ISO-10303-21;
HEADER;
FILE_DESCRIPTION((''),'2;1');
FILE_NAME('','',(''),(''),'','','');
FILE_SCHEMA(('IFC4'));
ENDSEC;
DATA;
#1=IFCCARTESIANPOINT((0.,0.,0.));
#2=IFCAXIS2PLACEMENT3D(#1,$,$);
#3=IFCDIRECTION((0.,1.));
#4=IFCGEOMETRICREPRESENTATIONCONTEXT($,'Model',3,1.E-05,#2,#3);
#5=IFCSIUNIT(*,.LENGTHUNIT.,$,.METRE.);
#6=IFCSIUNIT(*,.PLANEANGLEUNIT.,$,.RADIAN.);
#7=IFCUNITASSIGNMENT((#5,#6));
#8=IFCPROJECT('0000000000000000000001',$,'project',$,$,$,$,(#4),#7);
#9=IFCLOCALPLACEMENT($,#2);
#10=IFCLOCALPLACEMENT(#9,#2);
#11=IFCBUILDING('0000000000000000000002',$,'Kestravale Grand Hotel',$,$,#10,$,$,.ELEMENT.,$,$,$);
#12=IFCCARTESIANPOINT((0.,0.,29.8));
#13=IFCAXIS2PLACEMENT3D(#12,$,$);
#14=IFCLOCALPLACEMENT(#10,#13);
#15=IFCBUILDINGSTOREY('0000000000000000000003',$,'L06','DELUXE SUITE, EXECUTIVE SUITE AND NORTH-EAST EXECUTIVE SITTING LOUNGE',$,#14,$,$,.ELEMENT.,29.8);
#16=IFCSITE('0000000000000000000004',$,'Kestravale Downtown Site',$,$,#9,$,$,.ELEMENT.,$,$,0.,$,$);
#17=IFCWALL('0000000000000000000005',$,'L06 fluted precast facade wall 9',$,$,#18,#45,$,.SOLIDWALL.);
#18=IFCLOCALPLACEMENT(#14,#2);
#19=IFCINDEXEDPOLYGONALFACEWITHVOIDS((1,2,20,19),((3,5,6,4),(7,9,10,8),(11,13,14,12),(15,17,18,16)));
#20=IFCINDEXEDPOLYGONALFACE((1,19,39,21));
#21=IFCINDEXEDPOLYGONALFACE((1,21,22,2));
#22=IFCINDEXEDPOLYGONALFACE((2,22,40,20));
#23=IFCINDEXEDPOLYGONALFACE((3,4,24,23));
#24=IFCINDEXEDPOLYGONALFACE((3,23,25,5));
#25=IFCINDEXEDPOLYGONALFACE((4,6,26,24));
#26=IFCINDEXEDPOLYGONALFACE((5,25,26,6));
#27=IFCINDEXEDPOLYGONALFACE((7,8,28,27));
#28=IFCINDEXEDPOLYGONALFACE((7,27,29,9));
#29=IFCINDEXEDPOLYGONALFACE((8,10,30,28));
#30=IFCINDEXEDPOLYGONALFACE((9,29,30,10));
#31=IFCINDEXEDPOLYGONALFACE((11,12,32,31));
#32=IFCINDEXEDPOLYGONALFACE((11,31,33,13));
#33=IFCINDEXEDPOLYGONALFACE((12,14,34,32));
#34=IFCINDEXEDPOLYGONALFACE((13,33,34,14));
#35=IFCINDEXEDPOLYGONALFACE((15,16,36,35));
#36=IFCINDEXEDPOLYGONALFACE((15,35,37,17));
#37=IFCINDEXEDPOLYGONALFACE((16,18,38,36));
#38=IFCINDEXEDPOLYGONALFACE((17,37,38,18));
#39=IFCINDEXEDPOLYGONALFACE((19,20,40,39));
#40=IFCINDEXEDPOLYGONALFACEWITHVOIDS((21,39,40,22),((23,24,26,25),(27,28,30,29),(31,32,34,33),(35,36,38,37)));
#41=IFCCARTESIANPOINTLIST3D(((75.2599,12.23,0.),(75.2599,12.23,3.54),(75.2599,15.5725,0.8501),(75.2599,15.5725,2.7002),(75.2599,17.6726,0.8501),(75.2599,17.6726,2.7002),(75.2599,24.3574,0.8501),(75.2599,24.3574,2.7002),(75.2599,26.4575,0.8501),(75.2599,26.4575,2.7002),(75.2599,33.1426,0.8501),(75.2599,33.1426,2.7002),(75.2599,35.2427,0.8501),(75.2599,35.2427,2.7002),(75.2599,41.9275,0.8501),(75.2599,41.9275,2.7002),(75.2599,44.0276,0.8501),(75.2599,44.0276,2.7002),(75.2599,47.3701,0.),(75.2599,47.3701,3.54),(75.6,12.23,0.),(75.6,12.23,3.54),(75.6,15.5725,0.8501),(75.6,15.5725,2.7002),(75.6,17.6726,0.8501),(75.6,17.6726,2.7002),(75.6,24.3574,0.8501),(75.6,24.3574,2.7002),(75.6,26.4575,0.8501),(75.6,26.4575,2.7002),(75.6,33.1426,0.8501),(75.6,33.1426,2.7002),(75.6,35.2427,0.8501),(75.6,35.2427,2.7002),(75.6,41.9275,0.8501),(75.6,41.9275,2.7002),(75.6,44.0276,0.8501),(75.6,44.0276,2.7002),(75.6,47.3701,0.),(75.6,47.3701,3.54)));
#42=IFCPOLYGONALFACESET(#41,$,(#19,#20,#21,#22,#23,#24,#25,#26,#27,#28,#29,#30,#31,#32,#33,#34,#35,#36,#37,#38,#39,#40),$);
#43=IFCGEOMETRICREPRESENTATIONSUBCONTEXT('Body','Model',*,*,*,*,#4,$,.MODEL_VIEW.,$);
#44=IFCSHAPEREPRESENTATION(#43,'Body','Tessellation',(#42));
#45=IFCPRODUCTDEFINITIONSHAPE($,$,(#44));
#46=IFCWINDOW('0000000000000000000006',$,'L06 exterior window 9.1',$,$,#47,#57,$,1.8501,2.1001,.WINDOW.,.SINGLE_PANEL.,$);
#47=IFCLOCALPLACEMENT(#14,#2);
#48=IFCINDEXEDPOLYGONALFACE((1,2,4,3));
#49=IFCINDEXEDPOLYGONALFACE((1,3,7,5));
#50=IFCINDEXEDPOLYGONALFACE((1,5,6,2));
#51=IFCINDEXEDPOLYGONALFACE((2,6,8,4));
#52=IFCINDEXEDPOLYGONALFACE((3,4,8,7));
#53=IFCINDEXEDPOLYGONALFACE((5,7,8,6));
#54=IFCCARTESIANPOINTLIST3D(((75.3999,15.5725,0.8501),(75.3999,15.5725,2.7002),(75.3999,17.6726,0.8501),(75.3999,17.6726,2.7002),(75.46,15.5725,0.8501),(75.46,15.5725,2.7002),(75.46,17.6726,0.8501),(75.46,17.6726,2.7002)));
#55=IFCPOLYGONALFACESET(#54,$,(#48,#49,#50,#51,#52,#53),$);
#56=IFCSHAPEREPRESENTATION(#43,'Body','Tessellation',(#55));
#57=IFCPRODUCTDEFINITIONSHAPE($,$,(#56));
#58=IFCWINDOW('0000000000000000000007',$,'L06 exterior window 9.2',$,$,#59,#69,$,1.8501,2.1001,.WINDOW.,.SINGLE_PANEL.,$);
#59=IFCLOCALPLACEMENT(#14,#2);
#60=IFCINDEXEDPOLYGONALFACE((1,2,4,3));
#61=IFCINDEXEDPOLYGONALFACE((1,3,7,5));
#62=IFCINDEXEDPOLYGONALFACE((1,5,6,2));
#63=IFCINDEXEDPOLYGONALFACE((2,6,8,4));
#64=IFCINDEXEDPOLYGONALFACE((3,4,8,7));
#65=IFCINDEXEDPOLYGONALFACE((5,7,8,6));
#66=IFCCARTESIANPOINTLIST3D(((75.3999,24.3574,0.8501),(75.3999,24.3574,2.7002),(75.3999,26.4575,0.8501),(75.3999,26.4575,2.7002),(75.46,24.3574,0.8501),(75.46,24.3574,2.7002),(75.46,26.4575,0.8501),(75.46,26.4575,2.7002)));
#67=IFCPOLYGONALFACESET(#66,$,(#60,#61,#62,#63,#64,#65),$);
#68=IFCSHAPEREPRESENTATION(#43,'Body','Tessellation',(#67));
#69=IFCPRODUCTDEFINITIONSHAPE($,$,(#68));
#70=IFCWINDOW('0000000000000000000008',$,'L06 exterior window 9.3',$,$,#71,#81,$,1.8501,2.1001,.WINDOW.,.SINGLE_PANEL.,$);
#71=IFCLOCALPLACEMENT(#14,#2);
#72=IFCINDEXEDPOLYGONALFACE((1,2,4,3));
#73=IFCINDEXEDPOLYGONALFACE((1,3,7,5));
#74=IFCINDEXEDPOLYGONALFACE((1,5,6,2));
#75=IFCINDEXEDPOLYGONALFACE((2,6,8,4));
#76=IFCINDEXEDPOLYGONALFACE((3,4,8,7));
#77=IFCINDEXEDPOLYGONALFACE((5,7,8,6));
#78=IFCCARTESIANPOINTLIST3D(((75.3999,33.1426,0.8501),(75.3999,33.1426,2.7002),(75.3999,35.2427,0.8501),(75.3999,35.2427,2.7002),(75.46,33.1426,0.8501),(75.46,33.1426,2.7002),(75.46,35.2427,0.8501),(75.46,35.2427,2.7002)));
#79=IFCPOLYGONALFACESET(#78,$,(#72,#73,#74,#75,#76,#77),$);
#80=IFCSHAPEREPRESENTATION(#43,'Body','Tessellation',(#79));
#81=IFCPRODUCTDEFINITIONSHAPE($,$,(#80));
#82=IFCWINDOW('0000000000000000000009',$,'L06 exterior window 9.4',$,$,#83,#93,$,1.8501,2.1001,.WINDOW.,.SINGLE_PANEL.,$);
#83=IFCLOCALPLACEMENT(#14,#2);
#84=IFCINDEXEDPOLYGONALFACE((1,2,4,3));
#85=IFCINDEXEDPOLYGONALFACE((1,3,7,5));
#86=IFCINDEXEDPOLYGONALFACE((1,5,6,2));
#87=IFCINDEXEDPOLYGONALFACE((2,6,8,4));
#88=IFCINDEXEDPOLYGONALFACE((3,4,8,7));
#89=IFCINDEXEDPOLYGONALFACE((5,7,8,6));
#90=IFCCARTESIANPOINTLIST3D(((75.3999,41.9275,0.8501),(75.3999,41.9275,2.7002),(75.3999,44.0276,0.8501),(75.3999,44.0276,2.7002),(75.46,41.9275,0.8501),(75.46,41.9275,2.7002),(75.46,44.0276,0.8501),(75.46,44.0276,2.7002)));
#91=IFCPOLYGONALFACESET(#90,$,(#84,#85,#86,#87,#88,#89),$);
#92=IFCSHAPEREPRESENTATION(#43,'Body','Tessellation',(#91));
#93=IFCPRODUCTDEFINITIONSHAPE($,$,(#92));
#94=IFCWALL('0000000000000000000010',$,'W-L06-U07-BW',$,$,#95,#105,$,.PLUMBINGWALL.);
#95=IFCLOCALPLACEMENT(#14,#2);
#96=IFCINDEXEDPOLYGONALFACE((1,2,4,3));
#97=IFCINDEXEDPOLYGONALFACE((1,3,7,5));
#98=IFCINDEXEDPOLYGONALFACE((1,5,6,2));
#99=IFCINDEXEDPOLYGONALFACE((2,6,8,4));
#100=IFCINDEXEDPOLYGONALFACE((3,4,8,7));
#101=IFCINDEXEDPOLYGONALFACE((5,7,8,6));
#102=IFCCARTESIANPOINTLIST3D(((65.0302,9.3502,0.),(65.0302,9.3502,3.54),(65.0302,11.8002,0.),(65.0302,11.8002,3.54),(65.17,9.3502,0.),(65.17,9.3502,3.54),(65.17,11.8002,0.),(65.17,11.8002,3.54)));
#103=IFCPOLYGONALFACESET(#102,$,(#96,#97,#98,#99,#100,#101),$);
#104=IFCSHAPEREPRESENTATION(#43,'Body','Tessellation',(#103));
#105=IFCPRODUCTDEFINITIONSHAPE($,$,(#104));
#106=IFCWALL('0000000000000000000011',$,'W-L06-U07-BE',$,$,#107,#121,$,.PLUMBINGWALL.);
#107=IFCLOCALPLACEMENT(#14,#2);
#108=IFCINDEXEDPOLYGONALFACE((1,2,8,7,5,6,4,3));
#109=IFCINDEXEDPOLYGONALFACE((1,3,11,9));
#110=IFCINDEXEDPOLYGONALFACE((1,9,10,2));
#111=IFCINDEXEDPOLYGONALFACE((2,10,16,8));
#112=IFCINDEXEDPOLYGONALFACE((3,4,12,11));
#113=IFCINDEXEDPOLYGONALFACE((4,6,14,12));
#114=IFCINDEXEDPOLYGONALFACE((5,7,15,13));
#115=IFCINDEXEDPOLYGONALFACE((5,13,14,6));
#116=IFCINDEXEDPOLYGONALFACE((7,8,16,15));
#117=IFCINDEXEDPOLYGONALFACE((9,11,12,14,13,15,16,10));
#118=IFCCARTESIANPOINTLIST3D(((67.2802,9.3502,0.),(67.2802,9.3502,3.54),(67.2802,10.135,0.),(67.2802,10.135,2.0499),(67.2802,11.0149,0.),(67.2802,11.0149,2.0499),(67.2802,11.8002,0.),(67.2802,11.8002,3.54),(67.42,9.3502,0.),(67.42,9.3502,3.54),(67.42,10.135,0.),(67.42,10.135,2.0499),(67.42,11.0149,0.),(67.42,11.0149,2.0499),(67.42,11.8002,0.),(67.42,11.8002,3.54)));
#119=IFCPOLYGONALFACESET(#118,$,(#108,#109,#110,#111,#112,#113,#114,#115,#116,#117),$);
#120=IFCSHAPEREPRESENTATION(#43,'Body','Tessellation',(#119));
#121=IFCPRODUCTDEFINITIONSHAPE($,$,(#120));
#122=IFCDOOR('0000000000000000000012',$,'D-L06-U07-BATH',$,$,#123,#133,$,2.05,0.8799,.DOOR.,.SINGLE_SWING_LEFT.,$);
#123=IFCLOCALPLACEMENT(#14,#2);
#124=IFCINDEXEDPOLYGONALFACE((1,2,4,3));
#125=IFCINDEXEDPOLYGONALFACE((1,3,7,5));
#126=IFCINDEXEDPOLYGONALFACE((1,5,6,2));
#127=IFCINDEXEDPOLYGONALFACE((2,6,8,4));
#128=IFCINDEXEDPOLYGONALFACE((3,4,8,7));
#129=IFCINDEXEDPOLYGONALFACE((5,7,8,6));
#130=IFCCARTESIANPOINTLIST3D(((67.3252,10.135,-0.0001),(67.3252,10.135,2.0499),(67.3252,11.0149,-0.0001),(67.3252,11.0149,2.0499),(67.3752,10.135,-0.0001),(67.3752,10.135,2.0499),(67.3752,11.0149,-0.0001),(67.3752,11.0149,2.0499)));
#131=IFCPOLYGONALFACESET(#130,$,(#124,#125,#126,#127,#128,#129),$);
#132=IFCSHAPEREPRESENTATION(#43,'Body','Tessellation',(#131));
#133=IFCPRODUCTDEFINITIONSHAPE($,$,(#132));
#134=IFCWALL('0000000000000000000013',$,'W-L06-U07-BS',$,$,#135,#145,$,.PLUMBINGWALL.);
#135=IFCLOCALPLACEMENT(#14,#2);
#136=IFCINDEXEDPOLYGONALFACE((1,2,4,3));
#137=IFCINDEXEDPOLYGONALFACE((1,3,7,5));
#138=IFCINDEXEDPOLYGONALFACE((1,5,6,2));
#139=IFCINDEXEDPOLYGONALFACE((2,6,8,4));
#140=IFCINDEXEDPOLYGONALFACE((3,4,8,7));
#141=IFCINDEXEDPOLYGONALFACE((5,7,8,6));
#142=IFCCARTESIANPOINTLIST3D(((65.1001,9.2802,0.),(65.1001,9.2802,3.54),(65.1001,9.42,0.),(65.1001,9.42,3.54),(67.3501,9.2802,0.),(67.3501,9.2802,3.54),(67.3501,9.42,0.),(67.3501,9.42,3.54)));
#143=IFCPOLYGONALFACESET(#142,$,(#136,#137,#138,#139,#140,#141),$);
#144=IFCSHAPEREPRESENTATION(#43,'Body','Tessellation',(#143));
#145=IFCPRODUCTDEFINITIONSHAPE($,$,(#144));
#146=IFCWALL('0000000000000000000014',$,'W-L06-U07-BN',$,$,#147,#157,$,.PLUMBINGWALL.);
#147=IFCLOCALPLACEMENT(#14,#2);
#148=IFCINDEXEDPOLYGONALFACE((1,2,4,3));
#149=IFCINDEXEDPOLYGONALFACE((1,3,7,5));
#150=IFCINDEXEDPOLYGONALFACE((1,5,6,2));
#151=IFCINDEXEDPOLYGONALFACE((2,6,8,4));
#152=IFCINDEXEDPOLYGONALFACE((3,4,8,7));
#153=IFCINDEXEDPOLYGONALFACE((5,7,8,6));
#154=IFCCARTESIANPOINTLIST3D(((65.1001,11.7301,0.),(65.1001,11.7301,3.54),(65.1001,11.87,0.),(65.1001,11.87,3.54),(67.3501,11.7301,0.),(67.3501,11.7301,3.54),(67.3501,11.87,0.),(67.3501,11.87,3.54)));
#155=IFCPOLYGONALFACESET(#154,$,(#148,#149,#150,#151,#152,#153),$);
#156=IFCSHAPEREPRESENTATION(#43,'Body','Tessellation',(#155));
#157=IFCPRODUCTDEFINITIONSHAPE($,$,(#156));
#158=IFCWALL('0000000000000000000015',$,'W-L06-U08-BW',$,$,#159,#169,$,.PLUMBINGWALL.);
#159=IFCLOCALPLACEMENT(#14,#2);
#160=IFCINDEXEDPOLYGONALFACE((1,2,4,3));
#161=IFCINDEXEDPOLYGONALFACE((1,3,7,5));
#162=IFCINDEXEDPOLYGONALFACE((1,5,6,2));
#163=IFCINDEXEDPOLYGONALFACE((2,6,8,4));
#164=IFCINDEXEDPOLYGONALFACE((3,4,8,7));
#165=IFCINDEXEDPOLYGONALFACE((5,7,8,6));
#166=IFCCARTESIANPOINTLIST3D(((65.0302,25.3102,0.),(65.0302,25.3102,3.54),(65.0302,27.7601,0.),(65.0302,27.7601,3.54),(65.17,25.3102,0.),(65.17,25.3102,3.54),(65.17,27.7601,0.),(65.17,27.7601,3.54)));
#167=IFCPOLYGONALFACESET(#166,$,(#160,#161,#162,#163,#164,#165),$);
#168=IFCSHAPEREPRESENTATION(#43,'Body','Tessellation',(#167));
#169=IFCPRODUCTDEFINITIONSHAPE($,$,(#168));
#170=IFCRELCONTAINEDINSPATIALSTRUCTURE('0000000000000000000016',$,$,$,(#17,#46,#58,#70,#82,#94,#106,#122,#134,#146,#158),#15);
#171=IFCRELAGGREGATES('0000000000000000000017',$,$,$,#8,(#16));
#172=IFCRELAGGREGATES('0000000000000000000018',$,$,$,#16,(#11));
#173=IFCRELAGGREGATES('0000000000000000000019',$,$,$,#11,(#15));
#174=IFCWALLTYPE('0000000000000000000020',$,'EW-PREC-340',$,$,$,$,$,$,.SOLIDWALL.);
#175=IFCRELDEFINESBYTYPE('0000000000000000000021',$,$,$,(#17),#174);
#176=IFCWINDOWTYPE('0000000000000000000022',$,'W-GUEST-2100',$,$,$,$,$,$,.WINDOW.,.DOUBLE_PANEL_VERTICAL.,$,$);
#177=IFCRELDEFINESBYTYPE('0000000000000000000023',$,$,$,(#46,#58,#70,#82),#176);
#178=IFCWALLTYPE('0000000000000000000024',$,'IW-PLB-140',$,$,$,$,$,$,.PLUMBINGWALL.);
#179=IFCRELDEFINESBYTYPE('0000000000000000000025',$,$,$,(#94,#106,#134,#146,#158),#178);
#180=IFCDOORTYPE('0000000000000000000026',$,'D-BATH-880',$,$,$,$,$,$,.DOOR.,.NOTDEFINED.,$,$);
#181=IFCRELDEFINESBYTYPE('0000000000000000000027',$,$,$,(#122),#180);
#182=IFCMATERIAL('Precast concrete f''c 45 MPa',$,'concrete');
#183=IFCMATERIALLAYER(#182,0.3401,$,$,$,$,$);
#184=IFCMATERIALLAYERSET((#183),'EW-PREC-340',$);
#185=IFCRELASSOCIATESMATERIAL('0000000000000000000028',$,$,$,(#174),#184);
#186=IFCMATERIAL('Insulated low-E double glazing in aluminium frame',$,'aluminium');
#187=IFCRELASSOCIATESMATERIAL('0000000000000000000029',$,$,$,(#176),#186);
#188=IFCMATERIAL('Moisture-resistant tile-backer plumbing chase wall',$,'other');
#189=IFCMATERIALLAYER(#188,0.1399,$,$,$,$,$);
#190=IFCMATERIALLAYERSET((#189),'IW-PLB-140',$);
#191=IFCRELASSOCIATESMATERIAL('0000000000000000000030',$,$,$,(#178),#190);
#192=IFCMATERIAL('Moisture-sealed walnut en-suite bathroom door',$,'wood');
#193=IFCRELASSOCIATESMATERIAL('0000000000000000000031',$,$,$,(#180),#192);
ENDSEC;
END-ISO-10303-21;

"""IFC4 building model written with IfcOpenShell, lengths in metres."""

from ifc_helpers import new_model, si_unit, direction, frame, frame_2d, origin, place, context, subcontext, project, spatial, rectangle, extrude, material, layer, layer_set, type_object, element, fill, save


model = new_model("IFC4")

# Units and contexts
model_context = context("Model", 3, precision=1e-05, world=origin(), true_north=direction((0.0, 1.0)))
body_context = subcontext(model_context, "Body", "Model", "MODEL_VIEW")
ifc_project = project(units=[si_unit("LENGTHUNIT", "METRE"), si_unit("PLANEANGLEUNIT", "RADIAN")], contexts=[model_context])

# Site, building, storey
site_placement = place(None, origin())
site = spatial("IfcSite", under=ifc_project, at=site_placement, Name="Kestravale Downtown Site", CompositionType="ELEMENT", RefElevation=0.0)
building_placement = place(site_placement, origin())
building = spatial("IfcBuilding", under=site, at=building_placement, Name="Kestravale Grand Hotel", CompositionType="ELEMENT")
storey_placement = place(building_placement, frame((0.0, 0.0, 29.8)))
storey = spatial("IfcBuildingStorey", under=building, at=storey_placement, Name="L06", Description="DELUXE SUITE, EXECUTIVE SUITE AND NORTH-EAST EXECUTIVE SITTING LOUNGE", CompositionType="ELEMENT", Elevation=29.8)

# Shared definitions
ifc_material_1 = material(Name="Precast concrete f'c 45 MPa", Category="concrete")
ifc_layer_1 = layer(ifc_material_1, 0.3401)
ifc_layer_set_1 = layer_set([ifc_layer_1], Name="EW-PREC-340")
wall_type_1 = type_object("IfcWallType", Name="EW-PREC-340", PredefinedType="SOLIDWALL", material=ifc_layer_set_1)
ifc_material_2 = material(Name="Insulated low-E double glazing in aluminium frame", Category="aluminium")
window_type = type_object("IfcWindowType", Name="W-GUEST-2100", PartitioningType="DOUBLE_PANEL_VERTICAL", PredefinedType="WINDOW", material=ifc_material_2)

# Wall, openings, windows
wall_1_placement = place(storey_placement, frame((75.4299, 12.23, 0.0), z_axis=(0.0, 0.0, 1.0), x_axis=(0.0, 1.0, 0.0)))
wall_1 = element("IfcWall", 1, at=wall_1_placement, inside=storey, type_object=wall_type_1, Name="L06 fluted precast facade wall 9", PredefinedType="SOLIDWALL", context=body_context, shape_type="SweptSolid", body=[
    extrude(rectangle(XDim=35.1401, YDim=0.3401, at=frame_2d((17.5701, 0.0))), origin(), (0.0, 0.0, 1.0), 3.54),
])
opening_1_placement = place(wall_1_placement, frame((3.3425, 0.0, 0.8501)))
opening_1 = element("IfcOpeningElement", 2, at=opening_1_placement, cuts=wall_1, PredefinedType="OPENING", context=body_context, shape_type="SweptSolid", body=[
    extrude(rectangle(XDim=2.1001, YDim=1.8501, at=frame_2d((1.05, 0.925))), frame((0.0, 0.1799, 0.0), z_axis=(0.0, -1.0, 0.0), x_axis=(1.0, 0.0, 0.0)), (0.0, 0.0, 1.0), 0.3601),
])
opening_2_placement = place(wall_1_placement, frame((12.1274, 0.0, 0.8501)))
opening_2 = element("IfcOpeningElement", 3, at=opening_2_placement, cuts=wall_1, PredefinedType="OPENING", context=body_context, shape_type="SweptSolid", body=[
    extrude(rectangle(XDim=2.1001, YDim=1.8501, at=frame_2d((1.05, 0.925))), frame((0.0, 0.1799, 0.0), z_axis=(0.0, -1.0, 0.0), x_axis=(1.0, 0.0, 0.0)), (0.0, 0.0, 1.0), 0.3601),
])
opening_3_placement = place(wall_1_placement, frame((20.9126, 0.0, 0.8501)))
opening_3 = element("IfcOpeningElement", 4, at=opening_3_placement, cuts=wall_1, PredefinedType="OPENING", context=body_context, shape_type="SweptSolid", body=[
    extrude(rectangle(XDim=2.1001, YDim=1.8501, at=frame_2d((1.05, 0.925))), frame((0.0, 0.1799, 0.0), z_axis=(0.0, -1.0, 0.0), x_axis=(1.0, 0.0, 0.0)), (0.0, 0.0, 1.0), 0.3601),
])
opening_4_placement = place(wall_1_placement, frame((29.6975, 0.0, 0.8501)))
opening_4 = element("IfcOpeningElement", 5, at=opening_4_placement, cuts=wall_1, PredefinedType="OPENING", context=body_context, shape_type="SweptSolid", body=[
    extrude(rectangle(XDim=2.1001, YDim=1.8501, at=frame_2d((1.05, 0.925))), frame((0.0, 0.1799, 0.0), z_axis=(0.0, -1.0, 0.0), x_axis=(1.0, 0.0, 0.0)), (0.0, 0.0, 1.0), 0.3601),
])
window_1_placement = place(opening_1_placement, origin())
window_1 = element("IfcWindow", 6, at=window_1_placement, inside=storey, type_object=window_type, Name="L06 exterior window 9.1", OverallHeight=1.8501, OverallWidth=2.1001, PartitioningType="SINGLE_PANEL", PredefinedType="WINDOW", context=body_context, shape_type="SweptSolid", body=[
    extrude(rectangle(XDim=2.1001, YDim=1.8501, at=frame_2d((1.05, 0.925))), frame((0.0, 0.03, 0.0), z_axis=(0.0, -1.0, 0.0), x_axis=(1.0, 0.0, 0.0)), (0.0, 0.0, 1.0), 0.0601),
])
fill(opening_1, window_1)
window_2_placement = place(opening_2_placement, origin())
window_2 = element("IfcWindow", 7, at=window_2_placement, inside=storey, type_object=window_type, Name="L06 exterior window 9.2", OverallHeight=1.8501, OverallWidth=2.1001, PartitioningType="SINGLE_PANEL", PredefinedType="WINDOW", context=body_context, shape_type="SweptSolid", body=[
    extrude(rectangle(XDim=2.1001, YDim=1.8501, at=frame_2d((1.05, 0.925))), frame((0.0, 0.03, 0.0), z_axis=(0.0, -1.0, 0.0), x_axis=(1.0, 0.0, 0.0)), (0.0, 0.0, 1.0), 0.0601),
])
fill(opening_2, window_2)
window_3_placement = place(opening_3_placement, origin())
window_3 = element("IfcWindow", 8, at=window_3_placement, inside=storey, type_object=window_type, Name="L06 exterior window 9.3", OverallHeight=1.8501, OverallWidth=2.1001, PartitioningType="SINGLE_PANEL", PredefinedType="WINDOW", context=body_context, shape_type="SweptSolid", body=[
    extrude(rectangle(XDim=2.1001, YDim=1.8501, at=frame_2d((1.05, 0.925))), frame((0.0, 0.03, 0.0), z_axis=(0.0, -1.0, 0.0), x_axis=(1.0, 0.0, 0.0)), (0.0, 0.0, 1.0), 0.0601),
])
fill(opening_3, window_3)
window_4_placement = place(opening_4_placement, origin())
window_4 = element("IfcWindow", 9, at=window_4_placement, inside=storey, type_object=window_type, Name="L06 exterior window 9.4", OverallHeight=1.8501, OverallWidth=2.1001, PartitioningType="SINGLE_PANEL", PredefinedType="WINDOW", context=body_context, shape_type="SweptSolid", body=[
    extrude(rectangle(XDim=2.1001, YDim=1.8501, at=frame_2d((1.05, 0.925))), frame((0.0, 0.03, 0.0), z_axis=(0.0, -1.0, 0.0), x_axis=(1.0, 0.0, 0.0)), (0.0, 0.0, 1.0), 0.0601),
])
fill(opening_4, window_4)

# Wall
ifc_material_3 = material(Name="Moisture-resistant tile-backer plumbing chase wall", Category="other")
ifc_layer_2 = layer(ifc_material_3, 0.1399)
ifc_layer_set_2 = layer_set([ifc_layer_2], Name="IW-PLB-140")
wall_type_2 = type_object("IfcWallType", Name="IW-PLB-140", PredefinedType="PLUMBINGWALL", material=ifc_layer_set_2)
wall_2_placement = place(storey_placement, frame((65.1001, 9.3501, 0.0), z_axis=(0.0, 0.0, 1.0), x_axis=(0.0, 1.0, 0.0)))
element("IfcWall", 10, at=wall_2_placement, inside=storey, type_object=wall_type_2, Name="W-L06-U07-BW", PredefinedType="PLUMBINGWALL", context=body_context, shape_type="SweptSolid", body=[
    extrude(rectangle(XDim=2.45, YDim=0.1399, at=frame_2d((1.2251, 0.0))), origin(), (0.0, 0.0, 1.0), 3.54),
])

# Wall, opening, door
wall_3_placement = place(storey_placement, frame((67.3501, 9.3501, 0.0), z_axis=(0.0, 0.0, 1.0), x_axis=(0.0, 1.0, 0.0)))
wall_3 = element("IfcWall", 11, at=wall_3_placement, inside=storey, type_object=wall_type_2, Name="W-L06-U07-BE", PredefinedType="PLUMBINGWALL", context=body_context, shape_type="SweptSolid", body=[
    extrude(rectangle(XDim=2.45, YDim=0.1399, at=frame_2d((1.2251, 0.0))), origin(), (0.0, 0.0, 1.0), 3.54),
])
opening_5_placement = place(wall_3_placement, frame((0.7849, 0.0, 0.0)))
opening_5 = element("IfcOpeningElement", 12, at=opening_5_placement, cuts=wall_3, PredefinedType="OPENING", context=body_context, shape_type="SweptSolid", body=[
    extrude(rectangle(XDim=0.8799, YDim=2.05, at=frame_2d((0.4399, 1.0249))), frame((0.0, 0.0798, 0.0), z_axis=(0.0, -1.0, 0.0), x_axis=(1.0, 0.0, 0.0)), (0.0, 0.0, 1.0), 0.1599),
])
ifc_material_4 = material(Name="Moisture-sealed walnut en-suite bathroom door", Category="wood")
door_type = type_object("IfcDoorType", Name="D-BATH-880", OperationType="NOTDEFINED", PredefinedType="DOOR", material=ifc_material_4)
door_1_placement = place(opening_5_placement, origin())
door_1 = element("IfcDoor", 13, at=door_1_placement, inside=storey, type_object=door_type, Name="D-L06-U07-BATH", OperationType="SINGLE_SWING_LEFT", OverallHeight=2.05, OverallWidth=0.8799, PredefinedType="DOOR", context=body_context, shape_type="SweptSolid", body=[
    extrude(rectangle(XDim=0.8799, YDim=2.05, at=frame_2d((0.4399, 1.0249))), frame((0.0, 0.0249, 0.0), z_axis=(0.0, -1.0, 0.0), x_axis=(1.0, 0.0, 0.0)), (0.0, 0.0, 1.0), 0.05),
])
fill(opening_5, door_1)

# Walls
for number, where, z_axis, x_axis, name in (
    (14, (65.1001, 9.3501, 0.0), (0.0, 0.0, 1.0), (1.0, 0.0, 0.0), "W-L06-U07-BS"),
    (15, (65.1001, 11.8, 0.0), (0.0, 0.0, 1.0), (1.0, 0.0, 0.0), "W-L06-U07-BN"),
):
    element("IfcWall", number, at=place(storey_placement, frame(where, z_axis=z_axis, x_axis=x_axis)), inside=storey, type_object=wall_type_2, Name=name, PredefinedType="PLUMBINGWALL", context=body_context, shape_type="SweptSolid", body=[
        extrude(rectangle(XDim=2.25, YDim=0.1399, at=frame_2d((1.125, 0.0))), origin(), (0.0, 0.0, 1.0), 3.54),
    ])
wall_4_placement = place(storey_placement, frame((65.1001, 25.3101, 0.0), z_axis=(0.0, 0.0, 1.0), x_axis=(0.0, 1.0, 0.0)))
element("IfcWall", 16, at=wall_4_placement, inside=storey, type_object=wall_type_2, Name="W-L06-U08-BW", PredefinedType="PLUMBINGWALL", context=body_context, shape_type="SweptSolid", body=[
    extrude(rectangle(XDim=2.45, YDim=0.1399, at=frame_2d((1.2251, 0.0))), origin(), (0.0, 0.0, 1.0), 3.54),
])

save(model, "model.ifc")
